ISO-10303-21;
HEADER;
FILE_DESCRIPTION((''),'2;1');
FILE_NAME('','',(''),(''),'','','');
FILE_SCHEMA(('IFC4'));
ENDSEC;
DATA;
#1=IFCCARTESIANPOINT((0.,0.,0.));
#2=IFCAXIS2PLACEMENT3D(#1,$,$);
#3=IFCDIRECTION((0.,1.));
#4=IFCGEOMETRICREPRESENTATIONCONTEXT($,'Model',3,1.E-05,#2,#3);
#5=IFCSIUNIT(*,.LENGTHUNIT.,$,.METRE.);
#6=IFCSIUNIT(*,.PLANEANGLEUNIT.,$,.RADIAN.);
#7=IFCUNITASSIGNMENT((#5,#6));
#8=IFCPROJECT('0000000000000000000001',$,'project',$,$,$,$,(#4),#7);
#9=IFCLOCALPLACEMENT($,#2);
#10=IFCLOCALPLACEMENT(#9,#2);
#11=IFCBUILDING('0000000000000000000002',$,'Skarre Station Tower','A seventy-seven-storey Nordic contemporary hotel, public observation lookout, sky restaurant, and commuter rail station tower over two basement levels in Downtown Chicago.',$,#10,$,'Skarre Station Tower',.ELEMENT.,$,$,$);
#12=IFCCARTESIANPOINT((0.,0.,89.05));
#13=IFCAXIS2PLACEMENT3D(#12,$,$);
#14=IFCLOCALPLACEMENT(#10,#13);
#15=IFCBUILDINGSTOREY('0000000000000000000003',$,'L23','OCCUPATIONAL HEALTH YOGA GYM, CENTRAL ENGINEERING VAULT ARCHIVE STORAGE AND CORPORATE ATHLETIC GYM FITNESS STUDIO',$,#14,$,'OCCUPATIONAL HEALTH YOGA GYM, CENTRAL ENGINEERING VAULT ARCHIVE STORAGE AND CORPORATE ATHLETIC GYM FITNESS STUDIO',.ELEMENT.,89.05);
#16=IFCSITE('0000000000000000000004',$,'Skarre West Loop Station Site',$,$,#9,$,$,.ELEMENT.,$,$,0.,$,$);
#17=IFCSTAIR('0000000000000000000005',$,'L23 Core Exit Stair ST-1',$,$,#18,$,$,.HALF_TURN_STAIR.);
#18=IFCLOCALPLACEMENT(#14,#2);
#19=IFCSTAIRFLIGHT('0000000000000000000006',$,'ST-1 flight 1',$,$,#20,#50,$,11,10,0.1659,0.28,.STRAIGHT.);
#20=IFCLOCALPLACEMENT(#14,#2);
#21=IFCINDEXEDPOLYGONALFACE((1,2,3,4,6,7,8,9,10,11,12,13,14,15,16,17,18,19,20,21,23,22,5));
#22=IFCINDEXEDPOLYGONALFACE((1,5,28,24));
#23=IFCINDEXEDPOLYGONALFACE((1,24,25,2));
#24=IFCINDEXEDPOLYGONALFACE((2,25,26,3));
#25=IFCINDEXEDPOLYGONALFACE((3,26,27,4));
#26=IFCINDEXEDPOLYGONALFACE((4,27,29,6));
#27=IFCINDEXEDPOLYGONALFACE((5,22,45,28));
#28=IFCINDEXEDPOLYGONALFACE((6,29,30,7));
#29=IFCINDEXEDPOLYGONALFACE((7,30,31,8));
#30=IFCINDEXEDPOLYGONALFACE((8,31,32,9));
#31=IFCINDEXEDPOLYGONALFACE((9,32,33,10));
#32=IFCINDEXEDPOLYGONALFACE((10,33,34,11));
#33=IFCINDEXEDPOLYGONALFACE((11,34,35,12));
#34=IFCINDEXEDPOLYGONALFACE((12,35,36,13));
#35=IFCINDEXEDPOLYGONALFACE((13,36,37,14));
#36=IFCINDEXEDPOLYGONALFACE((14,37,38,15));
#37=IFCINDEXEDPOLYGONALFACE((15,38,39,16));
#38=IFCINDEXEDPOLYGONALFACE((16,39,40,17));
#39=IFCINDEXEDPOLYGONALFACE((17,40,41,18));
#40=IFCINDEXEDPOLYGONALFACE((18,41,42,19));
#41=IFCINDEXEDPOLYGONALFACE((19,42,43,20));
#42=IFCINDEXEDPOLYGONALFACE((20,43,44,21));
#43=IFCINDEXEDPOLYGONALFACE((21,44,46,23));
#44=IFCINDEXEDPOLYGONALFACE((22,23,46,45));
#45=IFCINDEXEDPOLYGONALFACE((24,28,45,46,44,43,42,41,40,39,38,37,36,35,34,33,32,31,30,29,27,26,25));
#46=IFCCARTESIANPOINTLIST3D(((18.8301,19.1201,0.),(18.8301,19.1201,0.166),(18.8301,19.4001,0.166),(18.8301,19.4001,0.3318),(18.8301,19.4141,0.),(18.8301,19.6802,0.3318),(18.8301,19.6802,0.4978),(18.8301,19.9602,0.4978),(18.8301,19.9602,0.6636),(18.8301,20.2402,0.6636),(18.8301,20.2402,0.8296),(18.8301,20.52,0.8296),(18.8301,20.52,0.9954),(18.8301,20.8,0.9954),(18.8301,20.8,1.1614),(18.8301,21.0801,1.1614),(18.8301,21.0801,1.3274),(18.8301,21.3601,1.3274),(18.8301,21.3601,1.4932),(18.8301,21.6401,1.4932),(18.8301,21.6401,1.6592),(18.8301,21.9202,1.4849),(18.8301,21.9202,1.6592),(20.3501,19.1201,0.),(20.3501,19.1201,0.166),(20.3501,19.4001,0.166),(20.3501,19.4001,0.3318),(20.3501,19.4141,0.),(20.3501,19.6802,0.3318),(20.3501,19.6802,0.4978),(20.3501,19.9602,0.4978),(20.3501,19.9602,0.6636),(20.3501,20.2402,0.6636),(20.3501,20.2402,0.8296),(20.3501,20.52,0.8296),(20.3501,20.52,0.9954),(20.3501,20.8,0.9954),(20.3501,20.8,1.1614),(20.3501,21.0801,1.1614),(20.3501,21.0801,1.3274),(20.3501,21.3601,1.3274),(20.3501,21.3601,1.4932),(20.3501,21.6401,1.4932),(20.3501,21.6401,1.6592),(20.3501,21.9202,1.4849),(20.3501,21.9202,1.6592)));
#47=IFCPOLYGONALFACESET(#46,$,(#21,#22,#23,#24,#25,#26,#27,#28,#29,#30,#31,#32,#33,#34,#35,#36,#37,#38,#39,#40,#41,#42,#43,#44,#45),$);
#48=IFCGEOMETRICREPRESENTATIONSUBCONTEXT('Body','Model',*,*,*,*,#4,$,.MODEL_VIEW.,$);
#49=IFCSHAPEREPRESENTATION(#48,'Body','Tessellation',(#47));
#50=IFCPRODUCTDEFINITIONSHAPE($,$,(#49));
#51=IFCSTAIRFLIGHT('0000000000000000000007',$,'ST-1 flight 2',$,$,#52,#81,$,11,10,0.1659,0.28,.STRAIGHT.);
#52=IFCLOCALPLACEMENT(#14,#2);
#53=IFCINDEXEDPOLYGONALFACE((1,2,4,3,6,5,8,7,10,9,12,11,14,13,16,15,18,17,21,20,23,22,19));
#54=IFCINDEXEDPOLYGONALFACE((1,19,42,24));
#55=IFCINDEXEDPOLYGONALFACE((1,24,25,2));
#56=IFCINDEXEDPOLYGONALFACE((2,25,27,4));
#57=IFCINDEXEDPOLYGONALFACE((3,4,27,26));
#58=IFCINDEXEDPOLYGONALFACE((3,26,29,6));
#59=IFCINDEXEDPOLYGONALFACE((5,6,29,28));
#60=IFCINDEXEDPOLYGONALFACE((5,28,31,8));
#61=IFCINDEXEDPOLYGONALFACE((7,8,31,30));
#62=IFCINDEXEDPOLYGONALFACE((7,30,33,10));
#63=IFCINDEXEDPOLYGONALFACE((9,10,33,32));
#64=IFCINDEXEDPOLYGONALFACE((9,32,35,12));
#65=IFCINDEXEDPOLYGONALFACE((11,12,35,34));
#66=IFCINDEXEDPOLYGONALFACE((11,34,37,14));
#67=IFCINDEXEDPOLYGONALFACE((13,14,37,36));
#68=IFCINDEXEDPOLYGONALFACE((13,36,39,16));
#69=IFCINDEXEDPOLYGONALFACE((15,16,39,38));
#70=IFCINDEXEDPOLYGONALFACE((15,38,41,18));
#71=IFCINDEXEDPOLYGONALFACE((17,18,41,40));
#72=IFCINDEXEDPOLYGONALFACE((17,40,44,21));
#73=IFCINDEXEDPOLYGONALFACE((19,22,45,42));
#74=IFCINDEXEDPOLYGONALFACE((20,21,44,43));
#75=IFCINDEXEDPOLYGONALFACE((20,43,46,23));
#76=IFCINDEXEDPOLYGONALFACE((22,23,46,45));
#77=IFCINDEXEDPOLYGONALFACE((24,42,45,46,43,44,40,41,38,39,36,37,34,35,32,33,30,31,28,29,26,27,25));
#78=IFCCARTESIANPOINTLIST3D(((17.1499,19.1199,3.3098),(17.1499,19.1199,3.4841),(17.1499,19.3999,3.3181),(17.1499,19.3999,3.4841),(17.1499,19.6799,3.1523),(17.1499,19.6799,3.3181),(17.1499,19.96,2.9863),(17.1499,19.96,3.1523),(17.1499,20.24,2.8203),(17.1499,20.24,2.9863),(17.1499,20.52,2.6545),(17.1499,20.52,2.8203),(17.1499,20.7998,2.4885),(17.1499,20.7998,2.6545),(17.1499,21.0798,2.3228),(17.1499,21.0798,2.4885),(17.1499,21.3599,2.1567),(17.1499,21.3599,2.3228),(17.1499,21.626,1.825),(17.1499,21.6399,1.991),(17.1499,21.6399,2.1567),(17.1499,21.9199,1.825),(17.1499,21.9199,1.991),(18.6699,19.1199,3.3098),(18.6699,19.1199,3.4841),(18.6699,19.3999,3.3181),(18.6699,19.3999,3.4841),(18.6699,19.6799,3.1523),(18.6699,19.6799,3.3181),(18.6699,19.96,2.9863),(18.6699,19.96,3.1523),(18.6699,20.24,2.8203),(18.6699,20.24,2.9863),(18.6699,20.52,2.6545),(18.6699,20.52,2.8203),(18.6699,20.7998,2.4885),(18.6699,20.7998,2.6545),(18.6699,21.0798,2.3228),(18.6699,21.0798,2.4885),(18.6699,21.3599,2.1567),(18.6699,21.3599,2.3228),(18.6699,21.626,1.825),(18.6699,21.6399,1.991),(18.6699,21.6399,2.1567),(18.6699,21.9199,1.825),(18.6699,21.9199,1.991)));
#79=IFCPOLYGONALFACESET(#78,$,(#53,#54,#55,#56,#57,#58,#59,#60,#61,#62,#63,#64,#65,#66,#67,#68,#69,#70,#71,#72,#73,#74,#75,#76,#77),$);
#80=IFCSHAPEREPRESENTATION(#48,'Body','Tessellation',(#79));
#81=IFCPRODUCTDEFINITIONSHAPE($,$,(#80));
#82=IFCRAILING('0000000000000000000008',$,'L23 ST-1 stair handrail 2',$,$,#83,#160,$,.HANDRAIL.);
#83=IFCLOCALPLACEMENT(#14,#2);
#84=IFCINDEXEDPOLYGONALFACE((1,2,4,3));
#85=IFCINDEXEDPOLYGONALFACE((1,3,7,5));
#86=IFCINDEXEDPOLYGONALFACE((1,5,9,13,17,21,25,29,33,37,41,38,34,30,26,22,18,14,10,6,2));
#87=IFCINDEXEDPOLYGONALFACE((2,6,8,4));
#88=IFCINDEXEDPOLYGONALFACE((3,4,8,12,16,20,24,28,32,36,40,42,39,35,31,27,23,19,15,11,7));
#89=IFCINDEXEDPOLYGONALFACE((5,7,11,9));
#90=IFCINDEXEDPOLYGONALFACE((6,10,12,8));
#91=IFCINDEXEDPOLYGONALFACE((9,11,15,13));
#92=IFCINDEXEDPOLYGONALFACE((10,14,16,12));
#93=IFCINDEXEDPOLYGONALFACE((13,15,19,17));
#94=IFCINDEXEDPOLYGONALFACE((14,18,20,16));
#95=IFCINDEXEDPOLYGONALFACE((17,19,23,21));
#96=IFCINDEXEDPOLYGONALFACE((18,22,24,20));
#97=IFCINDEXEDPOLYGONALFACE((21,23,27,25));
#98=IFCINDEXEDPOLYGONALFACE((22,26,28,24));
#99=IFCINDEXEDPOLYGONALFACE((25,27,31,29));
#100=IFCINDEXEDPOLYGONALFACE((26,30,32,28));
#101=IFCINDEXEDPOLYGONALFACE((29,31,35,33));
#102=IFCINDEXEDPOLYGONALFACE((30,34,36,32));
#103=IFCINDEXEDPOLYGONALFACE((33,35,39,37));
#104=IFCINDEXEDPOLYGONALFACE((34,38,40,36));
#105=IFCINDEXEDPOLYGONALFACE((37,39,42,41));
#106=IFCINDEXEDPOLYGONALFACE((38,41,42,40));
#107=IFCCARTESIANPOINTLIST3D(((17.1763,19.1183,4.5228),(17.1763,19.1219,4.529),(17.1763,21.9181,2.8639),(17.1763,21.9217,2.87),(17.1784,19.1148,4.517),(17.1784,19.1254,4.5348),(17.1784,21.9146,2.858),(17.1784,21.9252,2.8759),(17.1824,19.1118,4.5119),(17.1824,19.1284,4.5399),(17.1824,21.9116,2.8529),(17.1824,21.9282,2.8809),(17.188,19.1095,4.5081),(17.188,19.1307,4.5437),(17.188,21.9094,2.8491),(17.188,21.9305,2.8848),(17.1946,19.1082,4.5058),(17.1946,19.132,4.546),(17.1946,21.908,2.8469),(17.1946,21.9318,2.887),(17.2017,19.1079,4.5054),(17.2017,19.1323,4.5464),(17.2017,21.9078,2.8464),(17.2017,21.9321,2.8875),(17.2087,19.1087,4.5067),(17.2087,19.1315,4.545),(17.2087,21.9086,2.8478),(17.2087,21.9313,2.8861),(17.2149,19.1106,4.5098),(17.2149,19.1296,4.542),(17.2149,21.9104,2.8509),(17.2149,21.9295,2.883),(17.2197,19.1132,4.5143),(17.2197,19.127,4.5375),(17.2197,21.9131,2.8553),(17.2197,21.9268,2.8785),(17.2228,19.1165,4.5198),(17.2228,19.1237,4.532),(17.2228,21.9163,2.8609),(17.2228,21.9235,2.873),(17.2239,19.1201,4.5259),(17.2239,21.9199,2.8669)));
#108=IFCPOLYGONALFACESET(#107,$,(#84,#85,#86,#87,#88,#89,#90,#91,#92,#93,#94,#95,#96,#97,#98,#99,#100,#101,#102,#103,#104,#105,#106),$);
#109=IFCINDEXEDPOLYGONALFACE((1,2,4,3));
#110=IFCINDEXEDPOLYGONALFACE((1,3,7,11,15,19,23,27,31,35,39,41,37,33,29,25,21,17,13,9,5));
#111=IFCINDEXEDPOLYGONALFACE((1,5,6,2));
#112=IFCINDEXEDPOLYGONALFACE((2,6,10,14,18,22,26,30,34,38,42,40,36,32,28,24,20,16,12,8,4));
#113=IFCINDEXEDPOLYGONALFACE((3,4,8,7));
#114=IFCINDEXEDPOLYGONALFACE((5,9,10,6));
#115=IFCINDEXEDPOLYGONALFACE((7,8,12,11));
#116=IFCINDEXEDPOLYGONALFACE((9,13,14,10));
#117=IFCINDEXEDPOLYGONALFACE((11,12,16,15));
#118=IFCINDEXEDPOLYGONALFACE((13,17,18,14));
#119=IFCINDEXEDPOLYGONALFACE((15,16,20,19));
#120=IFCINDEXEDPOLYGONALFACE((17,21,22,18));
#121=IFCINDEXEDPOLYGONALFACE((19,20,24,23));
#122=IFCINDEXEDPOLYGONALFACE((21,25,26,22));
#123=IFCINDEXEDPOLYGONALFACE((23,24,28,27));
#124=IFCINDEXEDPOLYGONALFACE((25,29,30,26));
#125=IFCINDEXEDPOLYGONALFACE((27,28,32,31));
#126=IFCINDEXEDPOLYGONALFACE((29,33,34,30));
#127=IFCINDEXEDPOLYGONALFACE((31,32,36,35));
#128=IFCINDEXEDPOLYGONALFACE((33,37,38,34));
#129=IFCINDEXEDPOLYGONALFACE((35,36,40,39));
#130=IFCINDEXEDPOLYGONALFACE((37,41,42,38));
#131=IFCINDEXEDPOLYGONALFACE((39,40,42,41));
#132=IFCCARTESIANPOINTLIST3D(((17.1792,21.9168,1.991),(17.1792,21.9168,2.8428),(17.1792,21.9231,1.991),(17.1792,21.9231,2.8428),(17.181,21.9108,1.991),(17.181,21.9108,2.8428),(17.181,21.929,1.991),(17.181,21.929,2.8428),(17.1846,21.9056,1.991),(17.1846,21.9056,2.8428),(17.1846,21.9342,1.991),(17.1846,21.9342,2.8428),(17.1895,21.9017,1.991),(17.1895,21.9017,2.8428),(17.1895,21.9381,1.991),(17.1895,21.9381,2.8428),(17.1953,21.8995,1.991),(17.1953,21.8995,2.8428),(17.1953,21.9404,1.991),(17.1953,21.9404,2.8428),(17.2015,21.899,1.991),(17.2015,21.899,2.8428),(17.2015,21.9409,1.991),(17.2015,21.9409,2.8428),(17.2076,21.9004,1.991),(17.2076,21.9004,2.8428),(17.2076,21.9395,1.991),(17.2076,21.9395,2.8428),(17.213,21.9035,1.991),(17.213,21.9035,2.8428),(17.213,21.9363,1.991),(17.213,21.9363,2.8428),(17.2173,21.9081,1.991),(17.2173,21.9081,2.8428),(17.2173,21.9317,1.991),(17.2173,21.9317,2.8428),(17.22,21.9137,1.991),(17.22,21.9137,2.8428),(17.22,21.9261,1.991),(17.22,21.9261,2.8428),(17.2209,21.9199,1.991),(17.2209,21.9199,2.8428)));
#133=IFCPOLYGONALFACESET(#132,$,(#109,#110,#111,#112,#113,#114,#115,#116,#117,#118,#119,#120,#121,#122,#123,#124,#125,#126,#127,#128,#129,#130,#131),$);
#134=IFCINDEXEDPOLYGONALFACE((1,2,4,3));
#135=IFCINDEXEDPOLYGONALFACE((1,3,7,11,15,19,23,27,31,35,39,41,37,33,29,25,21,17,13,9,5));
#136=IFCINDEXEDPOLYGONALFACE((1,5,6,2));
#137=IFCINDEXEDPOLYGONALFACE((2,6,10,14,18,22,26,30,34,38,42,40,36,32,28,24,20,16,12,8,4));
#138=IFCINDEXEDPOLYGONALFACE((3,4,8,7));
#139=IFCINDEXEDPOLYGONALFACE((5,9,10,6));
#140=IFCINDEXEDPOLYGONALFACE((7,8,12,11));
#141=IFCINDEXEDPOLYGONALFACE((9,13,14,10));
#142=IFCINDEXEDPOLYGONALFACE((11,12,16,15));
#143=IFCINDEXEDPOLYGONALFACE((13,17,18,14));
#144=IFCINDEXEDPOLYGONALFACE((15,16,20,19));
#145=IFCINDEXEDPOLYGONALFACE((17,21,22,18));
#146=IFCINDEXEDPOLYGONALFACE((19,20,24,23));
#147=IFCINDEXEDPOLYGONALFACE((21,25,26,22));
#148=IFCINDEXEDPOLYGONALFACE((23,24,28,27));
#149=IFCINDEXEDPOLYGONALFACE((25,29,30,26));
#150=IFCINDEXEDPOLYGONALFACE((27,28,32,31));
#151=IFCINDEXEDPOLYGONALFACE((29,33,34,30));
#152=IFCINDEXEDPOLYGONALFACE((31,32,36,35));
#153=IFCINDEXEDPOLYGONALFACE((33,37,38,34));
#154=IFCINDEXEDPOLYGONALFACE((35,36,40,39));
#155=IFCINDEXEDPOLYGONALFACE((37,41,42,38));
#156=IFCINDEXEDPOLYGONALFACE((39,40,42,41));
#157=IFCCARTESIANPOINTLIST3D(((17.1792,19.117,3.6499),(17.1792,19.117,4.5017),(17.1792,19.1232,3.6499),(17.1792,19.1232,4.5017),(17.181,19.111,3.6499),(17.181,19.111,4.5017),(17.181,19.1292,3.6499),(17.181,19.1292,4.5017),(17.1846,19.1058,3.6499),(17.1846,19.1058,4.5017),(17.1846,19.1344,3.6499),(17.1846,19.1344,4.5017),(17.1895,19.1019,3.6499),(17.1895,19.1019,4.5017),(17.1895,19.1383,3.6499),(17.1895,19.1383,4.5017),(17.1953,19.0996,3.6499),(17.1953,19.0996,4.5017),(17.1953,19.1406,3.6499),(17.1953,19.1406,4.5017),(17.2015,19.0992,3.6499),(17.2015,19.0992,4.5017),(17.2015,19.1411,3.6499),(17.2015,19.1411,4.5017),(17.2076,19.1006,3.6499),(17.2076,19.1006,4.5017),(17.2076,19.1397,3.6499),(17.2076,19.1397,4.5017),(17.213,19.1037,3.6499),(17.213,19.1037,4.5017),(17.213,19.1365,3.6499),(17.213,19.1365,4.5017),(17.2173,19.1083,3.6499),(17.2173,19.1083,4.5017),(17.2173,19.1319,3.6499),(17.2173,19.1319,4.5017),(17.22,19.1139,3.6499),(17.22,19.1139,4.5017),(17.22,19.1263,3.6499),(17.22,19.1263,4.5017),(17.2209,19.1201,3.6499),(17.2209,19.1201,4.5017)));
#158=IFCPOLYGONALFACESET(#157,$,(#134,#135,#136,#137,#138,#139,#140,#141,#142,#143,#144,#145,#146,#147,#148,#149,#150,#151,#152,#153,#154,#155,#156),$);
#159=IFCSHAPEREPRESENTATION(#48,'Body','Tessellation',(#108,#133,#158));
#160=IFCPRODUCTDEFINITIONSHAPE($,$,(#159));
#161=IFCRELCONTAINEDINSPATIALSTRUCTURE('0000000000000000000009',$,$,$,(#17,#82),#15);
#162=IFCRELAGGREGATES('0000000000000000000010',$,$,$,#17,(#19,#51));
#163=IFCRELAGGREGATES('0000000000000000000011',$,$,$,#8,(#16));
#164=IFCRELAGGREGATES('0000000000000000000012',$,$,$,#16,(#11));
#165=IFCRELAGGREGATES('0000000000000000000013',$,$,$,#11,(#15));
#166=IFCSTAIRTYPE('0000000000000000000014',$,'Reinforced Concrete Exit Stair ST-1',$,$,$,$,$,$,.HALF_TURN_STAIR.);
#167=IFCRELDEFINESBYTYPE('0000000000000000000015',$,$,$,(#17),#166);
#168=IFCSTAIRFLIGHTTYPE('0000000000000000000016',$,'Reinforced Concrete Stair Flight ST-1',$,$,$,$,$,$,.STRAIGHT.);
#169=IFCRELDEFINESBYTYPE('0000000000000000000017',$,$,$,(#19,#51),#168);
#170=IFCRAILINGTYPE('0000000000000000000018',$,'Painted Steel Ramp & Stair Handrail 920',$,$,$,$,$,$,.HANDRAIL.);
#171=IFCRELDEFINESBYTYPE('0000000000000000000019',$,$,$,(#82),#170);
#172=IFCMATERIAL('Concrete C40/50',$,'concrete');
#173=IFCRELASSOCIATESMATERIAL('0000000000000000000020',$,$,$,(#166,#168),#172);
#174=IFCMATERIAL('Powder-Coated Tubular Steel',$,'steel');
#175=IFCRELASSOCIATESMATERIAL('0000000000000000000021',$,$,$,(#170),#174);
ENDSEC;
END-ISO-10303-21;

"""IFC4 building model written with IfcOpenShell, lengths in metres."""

from ifc_helpers import new_model, si_unit, direction, frame, origin, origin_2d, place, context, subcontext, project, spatial, polyline, circle, outline, extrude, material, type_object, element, aggregate, save


model = new_model("IFC4")

# Units and contexts
model_context = context("Model", 3, precision=1e-05, world=origin(), true_north=direction((0.0, 1.0)))
body_context = subcontext(model_context, "Body", "Model", "MODEL_VIEW")
ifc_project = project(units=[si_unit("LENGTHUNIT", "METRE"), si_unit("PLANEANGLEUNIT", "RADIAN")], contexts=[model_context])

# Site, building, storey
site_placement = place(None, origin())
site = spatial("IfcSite", under=ifc_project, at=site_placement, Name="Skarre West Loop Station Site", CompositionType="ELEMENT", RefElevation=0.0)
building_placement = place(site_placement, origin())
building = spatial("IfcBuilding", under=site, at=building_placement, Name="Skarre Station Tower", Description="A seventy-seven-storey Nordic contemporary hotel, public observation lookout, sky restaurant, and commuter rail station tower over two basement levels in Downtown Chicago.", LongName="Skarre Station Tower", CompositionType="ELEMENT")
storey_placement = place(building_placement, frame((0.0, 0.0, 89.05)))
storey = spatial("IfcBuildingStorey", under=building, at=storey_placement, Name="L23", Description="OCCUPATIONAL HEALTH YOGA GYM, CENTRAL ENGINEERING VAULT ARCHIVE STORAGE AND CORPORATE ATHLETIC GYM FITNESS STUDIO", LongName="OCCUPATIONAL HEALTH YOGA GYM, CENTRAL ENGINEERING VAULT ARCHIVE STORAGE AND CORPORATE ATHLETIC GYM FITNESS STUDIO", CompositionType="ELEMENT", Elevation=89.05)

# Stair
ifc_material_1 = material(Name="Concrete C40/50", Category="concrete")
stair_type_1 = type_object("IfcStairType", Name="Reinforced Concrete Exit Stair ST-1", PredefinedType="HALF_TURN_STAIR", material=ifc_material_1)
stair_1_placement = place(storey_placement, origin())
stair_1 = element("IfcStair", 1, at=stair_1_placement, inside=storey, type_object=stair_type_1, Name="L23 Core Exit Stair ST-1", PredefinedType="HALF_TURN_STAIR")

# Stair flights
stair_flight_type = type_object("IfcStairFlightType", Name="Reinforced Concrete Stair Flight ST-1", PredefinedType="STRAIGHT", material=ifc_material_1)
stair_flight_1_placement = place(storey_placement, frame((19.5901, 19.1201, 0.0), z_axis=(0.0, 0.0, 1.0), x_axis=(0.0, 1.0, 0.0)))
stair_flight_1 = element("IfcStairFlight", 2, at=stair_flight_1_placement, type_object=stair_flight_type, Name="ST-1 flight 1", NumberOfRisers=11, NumberOfTreads=10, PredefinedType="STRAIGHT", RiserHeight=0.1659, TreadLength=0.28, context=body_context, shape_type="SweptSolid", body=[
    extrude(outline(polyline([(0.0, 0.0), (0.0, 0.166), (0.28, 0.166), (0.28, 0.3318), (0.5601, 0.3318), (0.5601, 0.4978), (0.8401, 0.4978), (0.8401, 0.6636), (1.1201, 0.6636), (1.1201, 0.8296), (1.3999, 0.8296), (1.3999, 0.9954), (1.6799, 0.9954), (1.6799, 1.1614), (1.96, 1.1614), (1.96, 1.3274), (2.24, 1.3274), (2.24, 1.4932), (2.52, 1.4932), (2.52, 1.6592), (2.8, 1.6592), (2.8, 1.825), (2.8, 1.4849), (0.2939, 0.0), (0.0, 0.0)])), frame((0.0, 0.76, 0.0), z_axis=(0.0, -1.0, 0.0), x_axis=(1.0, 0.0, 0.0)), (0.0, 0.0, 1.0), 1.52),
])
stair_flight_2_placement = place(storey_placement, frame((17.9099, 21.9199, 1.825), z_axis=(0.0, 0.0, 1.0), x_axis=(0.0, -1.0, 0.0)))
stair_flight_2 = element("IfcStairFlight", 3, at=stair_flight_2_placement, type_object=stair_flight_type, Name="ST-1 flight 2", NumberOfRisers=11, NumberOfTreads=10, PredefinedType="STRAIGHT", RiserHeight=0.1659, TreadLength=0.28, context=body_context, shape_type="SweptSolid", body=[
    extrude(outline(polyline([(0.0, 0.0), (0.0, 0.166), (0.28, 0.166), (0.28, 0.3318), (0.5601, 0.3318), (0.5601, 0.4978), (0.8401, 0.4978), (0.8401, 0.6636), (1.1201, 0.6636), (1.1201, 0.8296), (1.3999, 0.8296), (1.3999, 0.9954), (1.6799, 0.9954), (1.6799, 1.1614), (1.96, 1.1614), (1.96, 1.3274), (2.24, 1.3274), (2.24, 1.4932), (2.52, 1.4932), (2.52, 1.6592), (2.8, 1.6592), (2.8, 1.825), (2.8, 1.4849), (0.2939, 0.0), (0.0, 0.0)])), frame((0.0, 0.76, 0.0), z_axis=(0.0, -1.0, 0.0), x_axis=(1.0, 0.0, 0.0)), (0.0, 0.0, 1.0), 1.52),
])
aggregate(stair_1, [stair_flight_1, stair_flight_2])

# Railing
ifc_material_2 = material(Name="Powder-Coated Tubular Steel", Category="steel")
railing_type_1 = type_object("IfcRailingType", Name="Painted Steel Ramp & Stair Handrail 920", PredefinedType="HANDRAIL", material=ifc_material_2)
railing_1_placement = place(storey_placement, frame((17.2, 21.9199, 1.991)))
element("IfcRailing", 4, at=railing_1_placement, inside=storey, type_object=railing_type_1, Name="L23 ST-1 stair handrail 2", PredefinedType="HANDRAIL", context=body_context, shape_type="SweptSolid", body=[
    extrude(circle(Radius=0.0239, at=origin_2d()), frame((0.0, 0.0, 0.876), z_axis=(0.0, -0.86032, 0.509755), x_axis=(1.0, 0.0, 0.0)), (0.0, 0.0, 1.0), 3.2544),
    extrude(circle(Radius=0.021, at=origin_2d()), origin(), (0.0, 0.0, 1.0), 0.8518),
    extrude(circle(Radius=0.021, at=origin_2d()), frame((0.0, -2.7998, 1.6589)), (0.0, 0.0, 1.0), 0.8518),
])

save(model, "model.ifc")
